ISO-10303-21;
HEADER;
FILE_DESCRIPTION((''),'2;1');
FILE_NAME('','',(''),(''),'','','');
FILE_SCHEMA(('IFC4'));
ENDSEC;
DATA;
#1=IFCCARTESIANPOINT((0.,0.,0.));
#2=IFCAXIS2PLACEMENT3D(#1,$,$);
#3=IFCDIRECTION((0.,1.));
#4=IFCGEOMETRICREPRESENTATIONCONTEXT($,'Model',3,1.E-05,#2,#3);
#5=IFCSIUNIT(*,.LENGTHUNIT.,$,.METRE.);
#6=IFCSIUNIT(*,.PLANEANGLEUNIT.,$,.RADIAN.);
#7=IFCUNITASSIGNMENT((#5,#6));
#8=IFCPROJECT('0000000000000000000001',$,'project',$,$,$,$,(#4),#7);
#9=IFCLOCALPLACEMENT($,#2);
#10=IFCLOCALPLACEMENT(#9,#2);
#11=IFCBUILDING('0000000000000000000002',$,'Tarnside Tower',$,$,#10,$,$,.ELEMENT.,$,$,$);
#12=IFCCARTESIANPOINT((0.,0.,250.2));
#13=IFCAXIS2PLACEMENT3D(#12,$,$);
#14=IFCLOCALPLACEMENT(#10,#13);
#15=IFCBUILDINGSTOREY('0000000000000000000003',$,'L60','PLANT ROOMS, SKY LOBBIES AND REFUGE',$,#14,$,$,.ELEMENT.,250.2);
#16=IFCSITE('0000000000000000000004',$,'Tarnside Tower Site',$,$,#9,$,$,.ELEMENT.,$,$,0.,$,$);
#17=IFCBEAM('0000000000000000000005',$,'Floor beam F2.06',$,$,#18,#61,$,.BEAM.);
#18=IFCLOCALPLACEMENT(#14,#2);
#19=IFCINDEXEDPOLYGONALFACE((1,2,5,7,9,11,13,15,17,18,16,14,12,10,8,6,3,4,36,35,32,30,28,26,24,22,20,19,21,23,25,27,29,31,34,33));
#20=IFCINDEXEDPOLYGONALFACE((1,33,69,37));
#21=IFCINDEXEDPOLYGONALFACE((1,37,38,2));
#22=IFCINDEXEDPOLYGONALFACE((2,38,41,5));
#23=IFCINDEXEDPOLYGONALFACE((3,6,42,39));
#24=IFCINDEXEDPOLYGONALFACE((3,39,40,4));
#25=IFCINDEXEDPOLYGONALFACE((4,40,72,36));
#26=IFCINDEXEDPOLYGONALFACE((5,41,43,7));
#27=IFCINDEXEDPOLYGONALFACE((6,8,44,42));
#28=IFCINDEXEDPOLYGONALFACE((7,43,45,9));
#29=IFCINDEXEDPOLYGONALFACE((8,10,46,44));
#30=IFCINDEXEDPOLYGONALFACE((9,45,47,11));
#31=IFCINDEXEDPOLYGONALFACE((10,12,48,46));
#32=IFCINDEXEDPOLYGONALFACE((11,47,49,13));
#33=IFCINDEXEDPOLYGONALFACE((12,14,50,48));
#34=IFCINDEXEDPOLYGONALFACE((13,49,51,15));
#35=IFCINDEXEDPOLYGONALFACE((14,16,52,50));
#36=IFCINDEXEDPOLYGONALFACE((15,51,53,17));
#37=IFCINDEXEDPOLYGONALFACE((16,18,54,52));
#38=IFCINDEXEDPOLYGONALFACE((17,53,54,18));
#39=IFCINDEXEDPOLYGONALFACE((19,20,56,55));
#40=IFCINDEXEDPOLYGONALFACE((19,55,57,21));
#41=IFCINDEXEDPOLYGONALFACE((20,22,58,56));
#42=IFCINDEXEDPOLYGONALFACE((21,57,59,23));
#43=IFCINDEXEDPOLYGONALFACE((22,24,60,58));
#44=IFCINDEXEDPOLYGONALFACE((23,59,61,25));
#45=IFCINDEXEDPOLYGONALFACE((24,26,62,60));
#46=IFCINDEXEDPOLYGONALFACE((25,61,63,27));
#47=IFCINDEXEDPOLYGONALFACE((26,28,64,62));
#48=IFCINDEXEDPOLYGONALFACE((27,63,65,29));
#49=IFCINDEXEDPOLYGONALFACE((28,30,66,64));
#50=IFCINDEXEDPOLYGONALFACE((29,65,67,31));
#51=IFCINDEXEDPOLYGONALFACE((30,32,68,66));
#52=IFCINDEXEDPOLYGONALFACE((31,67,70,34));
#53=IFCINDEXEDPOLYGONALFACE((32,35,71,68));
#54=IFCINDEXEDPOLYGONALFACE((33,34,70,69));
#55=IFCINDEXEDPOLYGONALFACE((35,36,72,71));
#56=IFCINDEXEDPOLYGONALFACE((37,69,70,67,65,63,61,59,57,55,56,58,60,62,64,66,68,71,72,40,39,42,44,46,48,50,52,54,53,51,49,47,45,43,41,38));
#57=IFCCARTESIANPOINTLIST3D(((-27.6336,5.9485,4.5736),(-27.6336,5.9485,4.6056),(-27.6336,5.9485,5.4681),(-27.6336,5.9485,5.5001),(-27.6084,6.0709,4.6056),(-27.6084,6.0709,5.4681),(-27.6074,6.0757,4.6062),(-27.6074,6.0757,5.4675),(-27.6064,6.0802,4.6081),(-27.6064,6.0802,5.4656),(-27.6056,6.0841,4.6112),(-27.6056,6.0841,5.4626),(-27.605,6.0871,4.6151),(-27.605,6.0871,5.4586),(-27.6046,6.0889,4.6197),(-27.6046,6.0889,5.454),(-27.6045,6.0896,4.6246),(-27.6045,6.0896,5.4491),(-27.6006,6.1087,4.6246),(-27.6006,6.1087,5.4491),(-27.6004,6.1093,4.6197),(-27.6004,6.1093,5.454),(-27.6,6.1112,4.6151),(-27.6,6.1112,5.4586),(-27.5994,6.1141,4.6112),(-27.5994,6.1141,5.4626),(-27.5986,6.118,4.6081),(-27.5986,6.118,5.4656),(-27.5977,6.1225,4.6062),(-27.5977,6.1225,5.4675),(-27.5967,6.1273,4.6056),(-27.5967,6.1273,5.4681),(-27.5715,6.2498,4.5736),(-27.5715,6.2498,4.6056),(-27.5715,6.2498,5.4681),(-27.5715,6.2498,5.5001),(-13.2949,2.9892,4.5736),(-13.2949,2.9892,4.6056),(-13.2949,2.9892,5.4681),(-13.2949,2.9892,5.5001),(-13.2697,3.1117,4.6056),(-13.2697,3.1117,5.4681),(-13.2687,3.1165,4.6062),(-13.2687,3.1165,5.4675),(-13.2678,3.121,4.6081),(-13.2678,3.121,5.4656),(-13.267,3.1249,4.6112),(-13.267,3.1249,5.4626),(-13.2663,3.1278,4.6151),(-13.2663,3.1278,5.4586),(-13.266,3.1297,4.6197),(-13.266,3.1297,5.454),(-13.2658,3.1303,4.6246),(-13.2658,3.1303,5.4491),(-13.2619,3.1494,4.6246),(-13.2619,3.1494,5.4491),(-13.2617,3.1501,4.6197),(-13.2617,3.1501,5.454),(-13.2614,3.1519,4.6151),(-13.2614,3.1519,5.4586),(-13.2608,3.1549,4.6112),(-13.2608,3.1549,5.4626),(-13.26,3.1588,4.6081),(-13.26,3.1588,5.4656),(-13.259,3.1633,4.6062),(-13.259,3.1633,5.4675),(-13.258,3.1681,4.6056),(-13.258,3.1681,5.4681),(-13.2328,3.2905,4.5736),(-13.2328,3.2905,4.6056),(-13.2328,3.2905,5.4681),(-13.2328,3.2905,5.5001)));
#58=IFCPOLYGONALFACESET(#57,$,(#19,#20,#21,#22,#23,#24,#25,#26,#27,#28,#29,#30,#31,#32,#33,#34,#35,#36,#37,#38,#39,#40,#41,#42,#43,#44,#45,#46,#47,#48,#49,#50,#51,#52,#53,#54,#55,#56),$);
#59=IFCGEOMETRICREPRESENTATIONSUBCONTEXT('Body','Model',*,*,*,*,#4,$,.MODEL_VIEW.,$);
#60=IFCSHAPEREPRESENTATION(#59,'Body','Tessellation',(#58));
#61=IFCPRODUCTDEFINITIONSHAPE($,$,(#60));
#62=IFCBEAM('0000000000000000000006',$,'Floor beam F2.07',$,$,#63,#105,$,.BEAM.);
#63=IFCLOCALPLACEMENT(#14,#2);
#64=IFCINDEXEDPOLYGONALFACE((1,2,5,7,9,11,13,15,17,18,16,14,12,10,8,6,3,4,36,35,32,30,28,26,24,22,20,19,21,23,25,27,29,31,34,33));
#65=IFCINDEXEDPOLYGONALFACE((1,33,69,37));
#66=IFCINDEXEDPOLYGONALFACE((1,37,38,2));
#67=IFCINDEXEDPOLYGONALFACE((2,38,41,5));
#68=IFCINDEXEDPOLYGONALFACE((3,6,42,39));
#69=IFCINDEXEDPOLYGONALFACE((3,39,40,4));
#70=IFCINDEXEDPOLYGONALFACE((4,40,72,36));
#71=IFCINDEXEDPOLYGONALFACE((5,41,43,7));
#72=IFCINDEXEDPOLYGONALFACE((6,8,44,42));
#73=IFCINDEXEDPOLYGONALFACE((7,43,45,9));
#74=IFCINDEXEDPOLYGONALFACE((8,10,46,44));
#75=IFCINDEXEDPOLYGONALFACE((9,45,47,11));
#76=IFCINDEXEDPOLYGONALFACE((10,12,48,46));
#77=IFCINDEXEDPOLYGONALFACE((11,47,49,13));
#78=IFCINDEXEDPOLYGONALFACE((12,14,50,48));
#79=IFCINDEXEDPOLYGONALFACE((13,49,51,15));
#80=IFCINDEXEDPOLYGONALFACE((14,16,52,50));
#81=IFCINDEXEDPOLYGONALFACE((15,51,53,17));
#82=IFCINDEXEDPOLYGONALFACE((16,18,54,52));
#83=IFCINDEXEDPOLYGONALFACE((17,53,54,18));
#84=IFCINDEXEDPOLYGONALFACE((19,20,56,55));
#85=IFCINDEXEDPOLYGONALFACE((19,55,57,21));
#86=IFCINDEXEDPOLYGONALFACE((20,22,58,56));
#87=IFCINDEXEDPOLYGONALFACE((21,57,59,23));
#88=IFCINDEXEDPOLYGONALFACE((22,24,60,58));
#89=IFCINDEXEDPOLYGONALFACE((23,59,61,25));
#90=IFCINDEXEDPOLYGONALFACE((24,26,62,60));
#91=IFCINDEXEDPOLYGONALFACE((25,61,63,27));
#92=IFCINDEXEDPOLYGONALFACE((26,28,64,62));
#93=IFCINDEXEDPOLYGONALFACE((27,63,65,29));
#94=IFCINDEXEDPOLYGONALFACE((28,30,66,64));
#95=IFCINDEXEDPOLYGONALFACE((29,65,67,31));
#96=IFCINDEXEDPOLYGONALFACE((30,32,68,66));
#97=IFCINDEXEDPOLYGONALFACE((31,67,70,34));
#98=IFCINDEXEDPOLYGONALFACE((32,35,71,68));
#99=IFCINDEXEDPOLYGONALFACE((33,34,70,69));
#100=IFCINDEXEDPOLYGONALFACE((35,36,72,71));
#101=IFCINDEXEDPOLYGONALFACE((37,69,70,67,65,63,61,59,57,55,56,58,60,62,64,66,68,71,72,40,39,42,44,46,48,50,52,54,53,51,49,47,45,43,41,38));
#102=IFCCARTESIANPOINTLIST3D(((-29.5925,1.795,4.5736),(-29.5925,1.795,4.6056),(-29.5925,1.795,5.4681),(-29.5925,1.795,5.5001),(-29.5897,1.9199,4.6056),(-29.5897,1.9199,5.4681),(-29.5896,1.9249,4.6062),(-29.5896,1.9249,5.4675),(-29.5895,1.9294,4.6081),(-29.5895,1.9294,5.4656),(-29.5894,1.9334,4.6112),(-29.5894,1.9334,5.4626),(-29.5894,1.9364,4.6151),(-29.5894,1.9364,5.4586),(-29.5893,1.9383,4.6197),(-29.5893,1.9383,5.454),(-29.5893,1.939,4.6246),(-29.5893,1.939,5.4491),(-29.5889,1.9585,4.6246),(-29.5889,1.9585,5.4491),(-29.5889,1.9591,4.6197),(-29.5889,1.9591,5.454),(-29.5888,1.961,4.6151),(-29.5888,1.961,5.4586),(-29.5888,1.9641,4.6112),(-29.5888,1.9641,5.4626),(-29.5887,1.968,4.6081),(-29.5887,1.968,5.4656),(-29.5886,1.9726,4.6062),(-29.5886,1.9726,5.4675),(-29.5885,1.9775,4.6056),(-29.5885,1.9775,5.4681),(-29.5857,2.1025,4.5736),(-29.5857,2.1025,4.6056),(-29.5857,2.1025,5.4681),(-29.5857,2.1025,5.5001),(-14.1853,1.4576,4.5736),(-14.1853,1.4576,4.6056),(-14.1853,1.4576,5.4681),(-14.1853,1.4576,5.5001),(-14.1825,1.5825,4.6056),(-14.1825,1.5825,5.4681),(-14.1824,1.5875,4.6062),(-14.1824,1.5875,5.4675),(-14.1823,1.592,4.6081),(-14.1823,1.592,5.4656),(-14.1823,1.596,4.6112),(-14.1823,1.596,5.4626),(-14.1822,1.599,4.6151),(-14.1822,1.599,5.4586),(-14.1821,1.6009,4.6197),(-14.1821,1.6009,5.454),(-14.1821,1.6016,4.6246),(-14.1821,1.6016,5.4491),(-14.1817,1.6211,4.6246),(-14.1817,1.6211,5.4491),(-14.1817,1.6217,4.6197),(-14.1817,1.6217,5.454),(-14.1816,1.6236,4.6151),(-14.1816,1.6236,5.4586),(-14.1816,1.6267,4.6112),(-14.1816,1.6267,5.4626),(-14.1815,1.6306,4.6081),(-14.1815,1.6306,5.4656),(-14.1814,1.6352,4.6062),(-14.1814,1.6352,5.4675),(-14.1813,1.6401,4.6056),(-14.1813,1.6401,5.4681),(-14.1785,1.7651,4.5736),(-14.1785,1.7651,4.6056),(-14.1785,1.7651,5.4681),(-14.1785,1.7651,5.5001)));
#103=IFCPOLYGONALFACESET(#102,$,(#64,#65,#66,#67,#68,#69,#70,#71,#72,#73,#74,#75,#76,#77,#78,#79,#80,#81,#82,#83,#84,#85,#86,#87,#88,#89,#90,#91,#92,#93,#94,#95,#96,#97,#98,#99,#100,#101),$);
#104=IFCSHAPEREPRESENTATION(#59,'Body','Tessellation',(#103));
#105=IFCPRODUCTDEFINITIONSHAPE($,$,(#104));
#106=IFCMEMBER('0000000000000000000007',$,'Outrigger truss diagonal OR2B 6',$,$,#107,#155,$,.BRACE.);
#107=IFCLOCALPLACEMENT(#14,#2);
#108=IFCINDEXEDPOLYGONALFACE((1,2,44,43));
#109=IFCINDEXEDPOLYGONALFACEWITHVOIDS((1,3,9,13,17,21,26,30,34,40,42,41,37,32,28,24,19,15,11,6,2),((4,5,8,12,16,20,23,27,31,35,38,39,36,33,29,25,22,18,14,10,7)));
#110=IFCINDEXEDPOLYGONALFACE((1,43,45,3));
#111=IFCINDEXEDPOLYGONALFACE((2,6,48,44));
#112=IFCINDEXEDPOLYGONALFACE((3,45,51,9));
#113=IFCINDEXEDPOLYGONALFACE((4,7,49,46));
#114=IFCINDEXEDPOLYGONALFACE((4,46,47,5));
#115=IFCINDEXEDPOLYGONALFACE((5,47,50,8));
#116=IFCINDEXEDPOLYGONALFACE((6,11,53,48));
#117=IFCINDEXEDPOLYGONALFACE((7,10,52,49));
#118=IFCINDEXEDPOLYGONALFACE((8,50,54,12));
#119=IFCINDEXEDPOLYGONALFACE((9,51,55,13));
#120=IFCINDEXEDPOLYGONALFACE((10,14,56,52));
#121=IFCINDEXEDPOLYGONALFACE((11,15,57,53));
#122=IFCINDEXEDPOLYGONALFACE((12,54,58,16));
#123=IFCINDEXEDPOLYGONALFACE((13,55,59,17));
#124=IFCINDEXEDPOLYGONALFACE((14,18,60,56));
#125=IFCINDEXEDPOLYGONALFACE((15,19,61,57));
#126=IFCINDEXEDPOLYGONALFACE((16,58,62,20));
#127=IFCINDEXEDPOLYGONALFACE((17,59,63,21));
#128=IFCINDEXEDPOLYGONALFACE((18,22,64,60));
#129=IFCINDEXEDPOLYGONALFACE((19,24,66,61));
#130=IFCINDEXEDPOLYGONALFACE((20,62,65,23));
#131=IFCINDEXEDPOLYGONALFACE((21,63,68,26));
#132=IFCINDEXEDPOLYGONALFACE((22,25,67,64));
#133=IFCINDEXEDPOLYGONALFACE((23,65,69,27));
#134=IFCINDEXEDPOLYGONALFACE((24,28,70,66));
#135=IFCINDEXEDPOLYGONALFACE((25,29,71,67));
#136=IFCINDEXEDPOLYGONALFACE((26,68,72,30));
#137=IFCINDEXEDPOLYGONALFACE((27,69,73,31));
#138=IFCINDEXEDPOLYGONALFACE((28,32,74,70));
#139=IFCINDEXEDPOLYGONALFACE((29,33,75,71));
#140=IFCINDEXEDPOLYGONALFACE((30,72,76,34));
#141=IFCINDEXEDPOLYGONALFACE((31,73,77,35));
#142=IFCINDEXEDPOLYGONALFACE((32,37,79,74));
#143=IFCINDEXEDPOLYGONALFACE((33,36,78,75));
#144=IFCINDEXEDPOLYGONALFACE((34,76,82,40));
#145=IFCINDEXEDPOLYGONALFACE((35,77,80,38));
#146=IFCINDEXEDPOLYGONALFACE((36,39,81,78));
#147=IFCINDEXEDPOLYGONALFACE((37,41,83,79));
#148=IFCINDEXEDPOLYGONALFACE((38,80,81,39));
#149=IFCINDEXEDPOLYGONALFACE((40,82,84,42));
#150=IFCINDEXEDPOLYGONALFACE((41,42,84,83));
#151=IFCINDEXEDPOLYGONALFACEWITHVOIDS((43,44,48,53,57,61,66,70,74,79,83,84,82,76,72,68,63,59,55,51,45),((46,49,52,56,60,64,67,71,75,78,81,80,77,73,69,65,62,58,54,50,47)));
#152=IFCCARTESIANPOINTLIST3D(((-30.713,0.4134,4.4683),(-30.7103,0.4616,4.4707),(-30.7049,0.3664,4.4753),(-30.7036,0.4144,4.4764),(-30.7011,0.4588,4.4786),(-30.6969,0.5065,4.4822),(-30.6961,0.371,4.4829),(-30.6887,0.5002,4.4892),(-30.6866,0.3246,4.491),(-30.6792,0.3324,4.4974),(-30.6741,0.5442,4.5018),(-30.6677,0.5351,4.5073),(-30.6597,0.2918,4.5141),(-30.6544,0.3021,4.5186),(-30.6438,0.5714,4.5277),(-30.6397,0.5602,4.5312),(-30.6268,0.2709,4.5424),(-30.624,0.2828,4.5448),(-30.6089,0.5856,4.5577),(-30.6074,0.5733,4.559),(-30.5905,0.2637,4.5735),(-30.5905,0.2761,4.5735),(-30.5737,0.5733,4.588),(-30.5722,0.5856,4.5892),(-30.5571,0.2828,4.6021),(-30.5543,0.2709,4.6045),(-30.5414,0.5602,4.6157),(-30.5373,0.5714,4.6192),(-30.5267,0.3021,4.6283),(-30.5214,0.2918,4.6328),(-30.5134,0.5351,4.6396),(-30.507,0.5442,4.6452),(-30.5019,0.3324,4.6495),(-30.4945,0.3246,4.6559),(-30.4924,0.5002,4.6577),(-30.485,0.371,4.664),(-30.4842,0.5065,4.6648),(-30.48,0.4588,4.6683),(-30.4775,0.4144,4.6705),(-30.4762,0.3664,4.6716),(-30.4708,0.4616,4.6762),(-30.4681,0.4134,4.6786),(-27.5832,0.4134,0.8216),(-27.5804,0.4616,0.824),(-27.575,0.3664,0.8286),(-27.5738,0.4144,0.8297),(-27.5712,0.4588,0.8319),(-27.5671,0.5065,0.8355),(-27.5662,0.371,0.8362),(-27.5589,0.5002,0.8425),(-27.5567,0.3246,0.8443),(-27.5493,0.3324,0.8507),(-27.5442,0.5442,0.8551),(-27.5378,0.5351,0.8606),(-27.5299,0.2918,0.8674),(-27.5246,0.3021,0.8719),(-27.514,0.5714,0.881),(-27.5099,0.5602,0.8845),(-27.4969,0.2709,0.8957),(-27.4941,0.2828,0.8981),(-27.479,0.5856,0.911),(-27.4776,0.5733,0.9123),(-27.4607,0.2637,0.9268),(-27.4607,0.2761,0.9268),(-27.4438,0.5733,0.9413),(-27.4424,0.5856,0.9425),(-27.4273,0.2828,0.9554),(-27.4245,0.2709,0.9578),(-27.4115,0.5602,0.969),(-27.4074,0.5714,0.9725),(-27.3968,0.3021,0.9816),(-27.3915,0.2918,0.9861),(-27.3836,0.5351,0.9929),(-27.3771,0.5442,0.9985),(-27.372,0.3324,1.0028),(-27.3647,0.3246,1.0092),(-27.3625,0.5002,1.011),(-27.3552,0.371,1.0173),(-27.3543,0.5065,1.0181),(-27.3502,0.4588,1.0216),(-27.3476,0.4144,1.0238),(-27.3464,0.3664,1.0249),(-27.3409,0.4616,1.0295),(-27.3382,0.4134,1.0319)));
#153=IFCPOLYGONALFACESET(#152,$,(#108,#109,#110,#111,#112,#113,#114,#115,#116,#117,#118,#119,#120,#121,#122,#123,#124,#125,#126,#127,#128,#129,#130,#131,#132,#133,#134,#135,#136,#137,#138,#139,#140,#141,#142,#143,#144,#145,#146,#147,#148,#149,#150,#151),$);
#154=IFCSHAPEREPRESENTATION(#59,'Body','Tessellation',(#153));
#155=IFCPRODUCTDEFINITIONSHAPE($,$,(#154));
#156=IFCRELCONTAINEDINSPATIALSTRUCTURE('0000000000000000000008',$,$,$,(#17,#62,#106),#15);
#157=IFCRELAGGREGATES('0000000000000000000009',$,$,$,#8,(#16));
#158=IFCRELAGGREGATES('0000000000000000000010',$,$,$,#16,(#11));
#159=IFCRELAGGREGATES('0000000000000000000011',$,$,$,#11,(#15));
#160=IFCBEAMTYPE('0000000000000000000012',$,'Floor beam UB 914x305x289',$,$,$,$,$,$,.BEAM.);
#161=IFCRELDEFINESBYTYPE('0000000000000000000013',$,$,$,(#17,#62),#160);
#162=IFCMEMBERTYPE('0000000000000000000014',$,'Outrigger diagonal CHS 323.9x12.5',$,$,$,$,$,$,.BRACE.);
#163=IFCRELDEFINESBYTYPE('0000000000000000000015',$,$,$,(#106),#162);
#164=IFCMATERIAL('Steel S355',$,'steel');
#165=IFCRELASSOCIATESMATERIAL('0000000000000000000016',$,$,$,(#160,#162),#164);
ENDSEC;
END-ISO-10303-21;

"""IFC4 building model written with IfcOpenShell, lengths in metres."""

from ifc_helpers import new_model, si_unit, direction, frame, origin, origin_2d, place, context, subcontext, project, spatial, hollow_circle, i_section, extrude, material, material_profile, profile_set, type_object, element, save


model = new_model("IFC4")

# Units and contexts
model_context = context("Model", 3, precision=1e-05, world=origin(), true_north=direction((0.0, 1.0)))
body_context = subcontext(model_context, "Body", "Model", "MODEL_VIEW")
ifc_project = project(units=[si_unit("LENGTHUNIT", "METRE"), si_unit("PLANEANGLEUNIT", "RADIAN")], contexts=[model_context])

# Site, building, storey
site_placement = place(None, origin())
site = spatial("IfcSite", under=ifc_project, at=site_placement, Name="Tarnside Tower Site", CompositionType="ELEMENT", RefElevation=0.0)
building_placement = place(site_placement, origin())
building = spatial("IfcBuilding", under=site, at=building_placement, Name="Tarnside Tower", CompositionType="ELEMENT")
storey_placement = place(building_placement, frame((0.0, 0.0, 250.2)))
storey = spatial("IfcBuildingStorey", under=building, at=storey_placement, Name="L60", Description="PLANT ROOMS, SKY LOBBIES AND REFUGE", CompositionType="ELEMENT", Elevation=250.2)

# Beams
ifc_material_1 = material(Name="Steel S355", Category="steel")
ifc_material_profile_1 = material_profile(ifc_material_1, i_section(OverallWidth=0.3076, OverallDepth=0.9265, WebThickness=0.0195, FlangeThickness=0.032, FilletRadius=0.019, at=origin_2d()), Name="UB 914x305x289")
ifc_profile_set_1 = profile_set([ifc_material_profile_1], Name="Steel S355")
beam_type = type_object("IfcBeamType", Name="Floor beam UB 914x305x289", PredefinedType="BEAM", material=ifc_profile_set_1)
beam_1_placement = place(storey_placement, frame((-27.6025, 6.0991, 5.0369), z_axis=(0.97936, -0.202122, 0.0), x_axis=(0.202122, 0.97936, 0.0)))
element("IfcBeam", 1, at=beam_1_placement, inside=storey, type_object=beam_type, Name="Floor beam F2.06", PredefinedType="BEAM", context=body_context, shape_type="SweptSolid", body=[
    extrude(i_section(OverallWidth=0.3076, OverallDepth=0.9265, WebThickness=0.0195, FlangeThickness=0.032, FilletRadius=0.019, at=origin_2d()), origin(), (0.0, 0.0, 1.0), 14.6409),
])
beam_2_placement = place(storey_placement, frame((-29.5891, 1.9487, 5.0369), z_axis=(0.99976, -0.021894, 0.0), x_axis=(0.021894, 0.99976, 0.0)))
element("IfcBeam", 2, at=beam_2_placement, inside=storey, type_object=beam_type, Name="Floor beam F2.07", PredefinedType="BEAM", context=body_context, shape_type="SweptSolid", body=[
    extrude(i_section(OverallWidth=0.3076, OverallDepth=0.9265, WebThickness=0.0195, FlangeThickness=0.032, FilletRadius=0.019, at=origin_2d()), origin(), (0.0, 0.0, 1.0), 15.4109),
])

# Member
ifc_material_profile_2 = material_profile(ifc_material_1, hollow_circle(Radius=0.1619, WallThickness=0.0125, at=origin_2d()), Name="CHS 323.9x12.5")
ifc_profile_set_2 = profile_set([ifc_material_profile_2], Name="Steel S355")
member_type_1 = type_object("IfcMemberType", Name="Outrigger diagonal CHS 323.9x12.5", PredefinedType="BRACE", material=ifc_profile_set_2)
member_1_placement = place(storey_placement, frame((-27.4607, 0.4255, 0.9268), z_axis=(-0.651285, 0.0, 0.758833), x_axis=(0.0, -1.0, 0.0)))
element("IfcMember", 3, at=member_1_placement, inside=storey, type_object=member_type_1, Name="Outrigger truss diagonal OR2B 6", PredefinedType="BRACE", context=body_context, shape_type="SweptSolid", body=[
    extrude(hollow_circle(Radius=0.1619, WallThickness=0.0125, at=origin_2d()), origin(), (0.0, 0.0, 1.0), 4.8057),
])

save(model, "model.ifc")
